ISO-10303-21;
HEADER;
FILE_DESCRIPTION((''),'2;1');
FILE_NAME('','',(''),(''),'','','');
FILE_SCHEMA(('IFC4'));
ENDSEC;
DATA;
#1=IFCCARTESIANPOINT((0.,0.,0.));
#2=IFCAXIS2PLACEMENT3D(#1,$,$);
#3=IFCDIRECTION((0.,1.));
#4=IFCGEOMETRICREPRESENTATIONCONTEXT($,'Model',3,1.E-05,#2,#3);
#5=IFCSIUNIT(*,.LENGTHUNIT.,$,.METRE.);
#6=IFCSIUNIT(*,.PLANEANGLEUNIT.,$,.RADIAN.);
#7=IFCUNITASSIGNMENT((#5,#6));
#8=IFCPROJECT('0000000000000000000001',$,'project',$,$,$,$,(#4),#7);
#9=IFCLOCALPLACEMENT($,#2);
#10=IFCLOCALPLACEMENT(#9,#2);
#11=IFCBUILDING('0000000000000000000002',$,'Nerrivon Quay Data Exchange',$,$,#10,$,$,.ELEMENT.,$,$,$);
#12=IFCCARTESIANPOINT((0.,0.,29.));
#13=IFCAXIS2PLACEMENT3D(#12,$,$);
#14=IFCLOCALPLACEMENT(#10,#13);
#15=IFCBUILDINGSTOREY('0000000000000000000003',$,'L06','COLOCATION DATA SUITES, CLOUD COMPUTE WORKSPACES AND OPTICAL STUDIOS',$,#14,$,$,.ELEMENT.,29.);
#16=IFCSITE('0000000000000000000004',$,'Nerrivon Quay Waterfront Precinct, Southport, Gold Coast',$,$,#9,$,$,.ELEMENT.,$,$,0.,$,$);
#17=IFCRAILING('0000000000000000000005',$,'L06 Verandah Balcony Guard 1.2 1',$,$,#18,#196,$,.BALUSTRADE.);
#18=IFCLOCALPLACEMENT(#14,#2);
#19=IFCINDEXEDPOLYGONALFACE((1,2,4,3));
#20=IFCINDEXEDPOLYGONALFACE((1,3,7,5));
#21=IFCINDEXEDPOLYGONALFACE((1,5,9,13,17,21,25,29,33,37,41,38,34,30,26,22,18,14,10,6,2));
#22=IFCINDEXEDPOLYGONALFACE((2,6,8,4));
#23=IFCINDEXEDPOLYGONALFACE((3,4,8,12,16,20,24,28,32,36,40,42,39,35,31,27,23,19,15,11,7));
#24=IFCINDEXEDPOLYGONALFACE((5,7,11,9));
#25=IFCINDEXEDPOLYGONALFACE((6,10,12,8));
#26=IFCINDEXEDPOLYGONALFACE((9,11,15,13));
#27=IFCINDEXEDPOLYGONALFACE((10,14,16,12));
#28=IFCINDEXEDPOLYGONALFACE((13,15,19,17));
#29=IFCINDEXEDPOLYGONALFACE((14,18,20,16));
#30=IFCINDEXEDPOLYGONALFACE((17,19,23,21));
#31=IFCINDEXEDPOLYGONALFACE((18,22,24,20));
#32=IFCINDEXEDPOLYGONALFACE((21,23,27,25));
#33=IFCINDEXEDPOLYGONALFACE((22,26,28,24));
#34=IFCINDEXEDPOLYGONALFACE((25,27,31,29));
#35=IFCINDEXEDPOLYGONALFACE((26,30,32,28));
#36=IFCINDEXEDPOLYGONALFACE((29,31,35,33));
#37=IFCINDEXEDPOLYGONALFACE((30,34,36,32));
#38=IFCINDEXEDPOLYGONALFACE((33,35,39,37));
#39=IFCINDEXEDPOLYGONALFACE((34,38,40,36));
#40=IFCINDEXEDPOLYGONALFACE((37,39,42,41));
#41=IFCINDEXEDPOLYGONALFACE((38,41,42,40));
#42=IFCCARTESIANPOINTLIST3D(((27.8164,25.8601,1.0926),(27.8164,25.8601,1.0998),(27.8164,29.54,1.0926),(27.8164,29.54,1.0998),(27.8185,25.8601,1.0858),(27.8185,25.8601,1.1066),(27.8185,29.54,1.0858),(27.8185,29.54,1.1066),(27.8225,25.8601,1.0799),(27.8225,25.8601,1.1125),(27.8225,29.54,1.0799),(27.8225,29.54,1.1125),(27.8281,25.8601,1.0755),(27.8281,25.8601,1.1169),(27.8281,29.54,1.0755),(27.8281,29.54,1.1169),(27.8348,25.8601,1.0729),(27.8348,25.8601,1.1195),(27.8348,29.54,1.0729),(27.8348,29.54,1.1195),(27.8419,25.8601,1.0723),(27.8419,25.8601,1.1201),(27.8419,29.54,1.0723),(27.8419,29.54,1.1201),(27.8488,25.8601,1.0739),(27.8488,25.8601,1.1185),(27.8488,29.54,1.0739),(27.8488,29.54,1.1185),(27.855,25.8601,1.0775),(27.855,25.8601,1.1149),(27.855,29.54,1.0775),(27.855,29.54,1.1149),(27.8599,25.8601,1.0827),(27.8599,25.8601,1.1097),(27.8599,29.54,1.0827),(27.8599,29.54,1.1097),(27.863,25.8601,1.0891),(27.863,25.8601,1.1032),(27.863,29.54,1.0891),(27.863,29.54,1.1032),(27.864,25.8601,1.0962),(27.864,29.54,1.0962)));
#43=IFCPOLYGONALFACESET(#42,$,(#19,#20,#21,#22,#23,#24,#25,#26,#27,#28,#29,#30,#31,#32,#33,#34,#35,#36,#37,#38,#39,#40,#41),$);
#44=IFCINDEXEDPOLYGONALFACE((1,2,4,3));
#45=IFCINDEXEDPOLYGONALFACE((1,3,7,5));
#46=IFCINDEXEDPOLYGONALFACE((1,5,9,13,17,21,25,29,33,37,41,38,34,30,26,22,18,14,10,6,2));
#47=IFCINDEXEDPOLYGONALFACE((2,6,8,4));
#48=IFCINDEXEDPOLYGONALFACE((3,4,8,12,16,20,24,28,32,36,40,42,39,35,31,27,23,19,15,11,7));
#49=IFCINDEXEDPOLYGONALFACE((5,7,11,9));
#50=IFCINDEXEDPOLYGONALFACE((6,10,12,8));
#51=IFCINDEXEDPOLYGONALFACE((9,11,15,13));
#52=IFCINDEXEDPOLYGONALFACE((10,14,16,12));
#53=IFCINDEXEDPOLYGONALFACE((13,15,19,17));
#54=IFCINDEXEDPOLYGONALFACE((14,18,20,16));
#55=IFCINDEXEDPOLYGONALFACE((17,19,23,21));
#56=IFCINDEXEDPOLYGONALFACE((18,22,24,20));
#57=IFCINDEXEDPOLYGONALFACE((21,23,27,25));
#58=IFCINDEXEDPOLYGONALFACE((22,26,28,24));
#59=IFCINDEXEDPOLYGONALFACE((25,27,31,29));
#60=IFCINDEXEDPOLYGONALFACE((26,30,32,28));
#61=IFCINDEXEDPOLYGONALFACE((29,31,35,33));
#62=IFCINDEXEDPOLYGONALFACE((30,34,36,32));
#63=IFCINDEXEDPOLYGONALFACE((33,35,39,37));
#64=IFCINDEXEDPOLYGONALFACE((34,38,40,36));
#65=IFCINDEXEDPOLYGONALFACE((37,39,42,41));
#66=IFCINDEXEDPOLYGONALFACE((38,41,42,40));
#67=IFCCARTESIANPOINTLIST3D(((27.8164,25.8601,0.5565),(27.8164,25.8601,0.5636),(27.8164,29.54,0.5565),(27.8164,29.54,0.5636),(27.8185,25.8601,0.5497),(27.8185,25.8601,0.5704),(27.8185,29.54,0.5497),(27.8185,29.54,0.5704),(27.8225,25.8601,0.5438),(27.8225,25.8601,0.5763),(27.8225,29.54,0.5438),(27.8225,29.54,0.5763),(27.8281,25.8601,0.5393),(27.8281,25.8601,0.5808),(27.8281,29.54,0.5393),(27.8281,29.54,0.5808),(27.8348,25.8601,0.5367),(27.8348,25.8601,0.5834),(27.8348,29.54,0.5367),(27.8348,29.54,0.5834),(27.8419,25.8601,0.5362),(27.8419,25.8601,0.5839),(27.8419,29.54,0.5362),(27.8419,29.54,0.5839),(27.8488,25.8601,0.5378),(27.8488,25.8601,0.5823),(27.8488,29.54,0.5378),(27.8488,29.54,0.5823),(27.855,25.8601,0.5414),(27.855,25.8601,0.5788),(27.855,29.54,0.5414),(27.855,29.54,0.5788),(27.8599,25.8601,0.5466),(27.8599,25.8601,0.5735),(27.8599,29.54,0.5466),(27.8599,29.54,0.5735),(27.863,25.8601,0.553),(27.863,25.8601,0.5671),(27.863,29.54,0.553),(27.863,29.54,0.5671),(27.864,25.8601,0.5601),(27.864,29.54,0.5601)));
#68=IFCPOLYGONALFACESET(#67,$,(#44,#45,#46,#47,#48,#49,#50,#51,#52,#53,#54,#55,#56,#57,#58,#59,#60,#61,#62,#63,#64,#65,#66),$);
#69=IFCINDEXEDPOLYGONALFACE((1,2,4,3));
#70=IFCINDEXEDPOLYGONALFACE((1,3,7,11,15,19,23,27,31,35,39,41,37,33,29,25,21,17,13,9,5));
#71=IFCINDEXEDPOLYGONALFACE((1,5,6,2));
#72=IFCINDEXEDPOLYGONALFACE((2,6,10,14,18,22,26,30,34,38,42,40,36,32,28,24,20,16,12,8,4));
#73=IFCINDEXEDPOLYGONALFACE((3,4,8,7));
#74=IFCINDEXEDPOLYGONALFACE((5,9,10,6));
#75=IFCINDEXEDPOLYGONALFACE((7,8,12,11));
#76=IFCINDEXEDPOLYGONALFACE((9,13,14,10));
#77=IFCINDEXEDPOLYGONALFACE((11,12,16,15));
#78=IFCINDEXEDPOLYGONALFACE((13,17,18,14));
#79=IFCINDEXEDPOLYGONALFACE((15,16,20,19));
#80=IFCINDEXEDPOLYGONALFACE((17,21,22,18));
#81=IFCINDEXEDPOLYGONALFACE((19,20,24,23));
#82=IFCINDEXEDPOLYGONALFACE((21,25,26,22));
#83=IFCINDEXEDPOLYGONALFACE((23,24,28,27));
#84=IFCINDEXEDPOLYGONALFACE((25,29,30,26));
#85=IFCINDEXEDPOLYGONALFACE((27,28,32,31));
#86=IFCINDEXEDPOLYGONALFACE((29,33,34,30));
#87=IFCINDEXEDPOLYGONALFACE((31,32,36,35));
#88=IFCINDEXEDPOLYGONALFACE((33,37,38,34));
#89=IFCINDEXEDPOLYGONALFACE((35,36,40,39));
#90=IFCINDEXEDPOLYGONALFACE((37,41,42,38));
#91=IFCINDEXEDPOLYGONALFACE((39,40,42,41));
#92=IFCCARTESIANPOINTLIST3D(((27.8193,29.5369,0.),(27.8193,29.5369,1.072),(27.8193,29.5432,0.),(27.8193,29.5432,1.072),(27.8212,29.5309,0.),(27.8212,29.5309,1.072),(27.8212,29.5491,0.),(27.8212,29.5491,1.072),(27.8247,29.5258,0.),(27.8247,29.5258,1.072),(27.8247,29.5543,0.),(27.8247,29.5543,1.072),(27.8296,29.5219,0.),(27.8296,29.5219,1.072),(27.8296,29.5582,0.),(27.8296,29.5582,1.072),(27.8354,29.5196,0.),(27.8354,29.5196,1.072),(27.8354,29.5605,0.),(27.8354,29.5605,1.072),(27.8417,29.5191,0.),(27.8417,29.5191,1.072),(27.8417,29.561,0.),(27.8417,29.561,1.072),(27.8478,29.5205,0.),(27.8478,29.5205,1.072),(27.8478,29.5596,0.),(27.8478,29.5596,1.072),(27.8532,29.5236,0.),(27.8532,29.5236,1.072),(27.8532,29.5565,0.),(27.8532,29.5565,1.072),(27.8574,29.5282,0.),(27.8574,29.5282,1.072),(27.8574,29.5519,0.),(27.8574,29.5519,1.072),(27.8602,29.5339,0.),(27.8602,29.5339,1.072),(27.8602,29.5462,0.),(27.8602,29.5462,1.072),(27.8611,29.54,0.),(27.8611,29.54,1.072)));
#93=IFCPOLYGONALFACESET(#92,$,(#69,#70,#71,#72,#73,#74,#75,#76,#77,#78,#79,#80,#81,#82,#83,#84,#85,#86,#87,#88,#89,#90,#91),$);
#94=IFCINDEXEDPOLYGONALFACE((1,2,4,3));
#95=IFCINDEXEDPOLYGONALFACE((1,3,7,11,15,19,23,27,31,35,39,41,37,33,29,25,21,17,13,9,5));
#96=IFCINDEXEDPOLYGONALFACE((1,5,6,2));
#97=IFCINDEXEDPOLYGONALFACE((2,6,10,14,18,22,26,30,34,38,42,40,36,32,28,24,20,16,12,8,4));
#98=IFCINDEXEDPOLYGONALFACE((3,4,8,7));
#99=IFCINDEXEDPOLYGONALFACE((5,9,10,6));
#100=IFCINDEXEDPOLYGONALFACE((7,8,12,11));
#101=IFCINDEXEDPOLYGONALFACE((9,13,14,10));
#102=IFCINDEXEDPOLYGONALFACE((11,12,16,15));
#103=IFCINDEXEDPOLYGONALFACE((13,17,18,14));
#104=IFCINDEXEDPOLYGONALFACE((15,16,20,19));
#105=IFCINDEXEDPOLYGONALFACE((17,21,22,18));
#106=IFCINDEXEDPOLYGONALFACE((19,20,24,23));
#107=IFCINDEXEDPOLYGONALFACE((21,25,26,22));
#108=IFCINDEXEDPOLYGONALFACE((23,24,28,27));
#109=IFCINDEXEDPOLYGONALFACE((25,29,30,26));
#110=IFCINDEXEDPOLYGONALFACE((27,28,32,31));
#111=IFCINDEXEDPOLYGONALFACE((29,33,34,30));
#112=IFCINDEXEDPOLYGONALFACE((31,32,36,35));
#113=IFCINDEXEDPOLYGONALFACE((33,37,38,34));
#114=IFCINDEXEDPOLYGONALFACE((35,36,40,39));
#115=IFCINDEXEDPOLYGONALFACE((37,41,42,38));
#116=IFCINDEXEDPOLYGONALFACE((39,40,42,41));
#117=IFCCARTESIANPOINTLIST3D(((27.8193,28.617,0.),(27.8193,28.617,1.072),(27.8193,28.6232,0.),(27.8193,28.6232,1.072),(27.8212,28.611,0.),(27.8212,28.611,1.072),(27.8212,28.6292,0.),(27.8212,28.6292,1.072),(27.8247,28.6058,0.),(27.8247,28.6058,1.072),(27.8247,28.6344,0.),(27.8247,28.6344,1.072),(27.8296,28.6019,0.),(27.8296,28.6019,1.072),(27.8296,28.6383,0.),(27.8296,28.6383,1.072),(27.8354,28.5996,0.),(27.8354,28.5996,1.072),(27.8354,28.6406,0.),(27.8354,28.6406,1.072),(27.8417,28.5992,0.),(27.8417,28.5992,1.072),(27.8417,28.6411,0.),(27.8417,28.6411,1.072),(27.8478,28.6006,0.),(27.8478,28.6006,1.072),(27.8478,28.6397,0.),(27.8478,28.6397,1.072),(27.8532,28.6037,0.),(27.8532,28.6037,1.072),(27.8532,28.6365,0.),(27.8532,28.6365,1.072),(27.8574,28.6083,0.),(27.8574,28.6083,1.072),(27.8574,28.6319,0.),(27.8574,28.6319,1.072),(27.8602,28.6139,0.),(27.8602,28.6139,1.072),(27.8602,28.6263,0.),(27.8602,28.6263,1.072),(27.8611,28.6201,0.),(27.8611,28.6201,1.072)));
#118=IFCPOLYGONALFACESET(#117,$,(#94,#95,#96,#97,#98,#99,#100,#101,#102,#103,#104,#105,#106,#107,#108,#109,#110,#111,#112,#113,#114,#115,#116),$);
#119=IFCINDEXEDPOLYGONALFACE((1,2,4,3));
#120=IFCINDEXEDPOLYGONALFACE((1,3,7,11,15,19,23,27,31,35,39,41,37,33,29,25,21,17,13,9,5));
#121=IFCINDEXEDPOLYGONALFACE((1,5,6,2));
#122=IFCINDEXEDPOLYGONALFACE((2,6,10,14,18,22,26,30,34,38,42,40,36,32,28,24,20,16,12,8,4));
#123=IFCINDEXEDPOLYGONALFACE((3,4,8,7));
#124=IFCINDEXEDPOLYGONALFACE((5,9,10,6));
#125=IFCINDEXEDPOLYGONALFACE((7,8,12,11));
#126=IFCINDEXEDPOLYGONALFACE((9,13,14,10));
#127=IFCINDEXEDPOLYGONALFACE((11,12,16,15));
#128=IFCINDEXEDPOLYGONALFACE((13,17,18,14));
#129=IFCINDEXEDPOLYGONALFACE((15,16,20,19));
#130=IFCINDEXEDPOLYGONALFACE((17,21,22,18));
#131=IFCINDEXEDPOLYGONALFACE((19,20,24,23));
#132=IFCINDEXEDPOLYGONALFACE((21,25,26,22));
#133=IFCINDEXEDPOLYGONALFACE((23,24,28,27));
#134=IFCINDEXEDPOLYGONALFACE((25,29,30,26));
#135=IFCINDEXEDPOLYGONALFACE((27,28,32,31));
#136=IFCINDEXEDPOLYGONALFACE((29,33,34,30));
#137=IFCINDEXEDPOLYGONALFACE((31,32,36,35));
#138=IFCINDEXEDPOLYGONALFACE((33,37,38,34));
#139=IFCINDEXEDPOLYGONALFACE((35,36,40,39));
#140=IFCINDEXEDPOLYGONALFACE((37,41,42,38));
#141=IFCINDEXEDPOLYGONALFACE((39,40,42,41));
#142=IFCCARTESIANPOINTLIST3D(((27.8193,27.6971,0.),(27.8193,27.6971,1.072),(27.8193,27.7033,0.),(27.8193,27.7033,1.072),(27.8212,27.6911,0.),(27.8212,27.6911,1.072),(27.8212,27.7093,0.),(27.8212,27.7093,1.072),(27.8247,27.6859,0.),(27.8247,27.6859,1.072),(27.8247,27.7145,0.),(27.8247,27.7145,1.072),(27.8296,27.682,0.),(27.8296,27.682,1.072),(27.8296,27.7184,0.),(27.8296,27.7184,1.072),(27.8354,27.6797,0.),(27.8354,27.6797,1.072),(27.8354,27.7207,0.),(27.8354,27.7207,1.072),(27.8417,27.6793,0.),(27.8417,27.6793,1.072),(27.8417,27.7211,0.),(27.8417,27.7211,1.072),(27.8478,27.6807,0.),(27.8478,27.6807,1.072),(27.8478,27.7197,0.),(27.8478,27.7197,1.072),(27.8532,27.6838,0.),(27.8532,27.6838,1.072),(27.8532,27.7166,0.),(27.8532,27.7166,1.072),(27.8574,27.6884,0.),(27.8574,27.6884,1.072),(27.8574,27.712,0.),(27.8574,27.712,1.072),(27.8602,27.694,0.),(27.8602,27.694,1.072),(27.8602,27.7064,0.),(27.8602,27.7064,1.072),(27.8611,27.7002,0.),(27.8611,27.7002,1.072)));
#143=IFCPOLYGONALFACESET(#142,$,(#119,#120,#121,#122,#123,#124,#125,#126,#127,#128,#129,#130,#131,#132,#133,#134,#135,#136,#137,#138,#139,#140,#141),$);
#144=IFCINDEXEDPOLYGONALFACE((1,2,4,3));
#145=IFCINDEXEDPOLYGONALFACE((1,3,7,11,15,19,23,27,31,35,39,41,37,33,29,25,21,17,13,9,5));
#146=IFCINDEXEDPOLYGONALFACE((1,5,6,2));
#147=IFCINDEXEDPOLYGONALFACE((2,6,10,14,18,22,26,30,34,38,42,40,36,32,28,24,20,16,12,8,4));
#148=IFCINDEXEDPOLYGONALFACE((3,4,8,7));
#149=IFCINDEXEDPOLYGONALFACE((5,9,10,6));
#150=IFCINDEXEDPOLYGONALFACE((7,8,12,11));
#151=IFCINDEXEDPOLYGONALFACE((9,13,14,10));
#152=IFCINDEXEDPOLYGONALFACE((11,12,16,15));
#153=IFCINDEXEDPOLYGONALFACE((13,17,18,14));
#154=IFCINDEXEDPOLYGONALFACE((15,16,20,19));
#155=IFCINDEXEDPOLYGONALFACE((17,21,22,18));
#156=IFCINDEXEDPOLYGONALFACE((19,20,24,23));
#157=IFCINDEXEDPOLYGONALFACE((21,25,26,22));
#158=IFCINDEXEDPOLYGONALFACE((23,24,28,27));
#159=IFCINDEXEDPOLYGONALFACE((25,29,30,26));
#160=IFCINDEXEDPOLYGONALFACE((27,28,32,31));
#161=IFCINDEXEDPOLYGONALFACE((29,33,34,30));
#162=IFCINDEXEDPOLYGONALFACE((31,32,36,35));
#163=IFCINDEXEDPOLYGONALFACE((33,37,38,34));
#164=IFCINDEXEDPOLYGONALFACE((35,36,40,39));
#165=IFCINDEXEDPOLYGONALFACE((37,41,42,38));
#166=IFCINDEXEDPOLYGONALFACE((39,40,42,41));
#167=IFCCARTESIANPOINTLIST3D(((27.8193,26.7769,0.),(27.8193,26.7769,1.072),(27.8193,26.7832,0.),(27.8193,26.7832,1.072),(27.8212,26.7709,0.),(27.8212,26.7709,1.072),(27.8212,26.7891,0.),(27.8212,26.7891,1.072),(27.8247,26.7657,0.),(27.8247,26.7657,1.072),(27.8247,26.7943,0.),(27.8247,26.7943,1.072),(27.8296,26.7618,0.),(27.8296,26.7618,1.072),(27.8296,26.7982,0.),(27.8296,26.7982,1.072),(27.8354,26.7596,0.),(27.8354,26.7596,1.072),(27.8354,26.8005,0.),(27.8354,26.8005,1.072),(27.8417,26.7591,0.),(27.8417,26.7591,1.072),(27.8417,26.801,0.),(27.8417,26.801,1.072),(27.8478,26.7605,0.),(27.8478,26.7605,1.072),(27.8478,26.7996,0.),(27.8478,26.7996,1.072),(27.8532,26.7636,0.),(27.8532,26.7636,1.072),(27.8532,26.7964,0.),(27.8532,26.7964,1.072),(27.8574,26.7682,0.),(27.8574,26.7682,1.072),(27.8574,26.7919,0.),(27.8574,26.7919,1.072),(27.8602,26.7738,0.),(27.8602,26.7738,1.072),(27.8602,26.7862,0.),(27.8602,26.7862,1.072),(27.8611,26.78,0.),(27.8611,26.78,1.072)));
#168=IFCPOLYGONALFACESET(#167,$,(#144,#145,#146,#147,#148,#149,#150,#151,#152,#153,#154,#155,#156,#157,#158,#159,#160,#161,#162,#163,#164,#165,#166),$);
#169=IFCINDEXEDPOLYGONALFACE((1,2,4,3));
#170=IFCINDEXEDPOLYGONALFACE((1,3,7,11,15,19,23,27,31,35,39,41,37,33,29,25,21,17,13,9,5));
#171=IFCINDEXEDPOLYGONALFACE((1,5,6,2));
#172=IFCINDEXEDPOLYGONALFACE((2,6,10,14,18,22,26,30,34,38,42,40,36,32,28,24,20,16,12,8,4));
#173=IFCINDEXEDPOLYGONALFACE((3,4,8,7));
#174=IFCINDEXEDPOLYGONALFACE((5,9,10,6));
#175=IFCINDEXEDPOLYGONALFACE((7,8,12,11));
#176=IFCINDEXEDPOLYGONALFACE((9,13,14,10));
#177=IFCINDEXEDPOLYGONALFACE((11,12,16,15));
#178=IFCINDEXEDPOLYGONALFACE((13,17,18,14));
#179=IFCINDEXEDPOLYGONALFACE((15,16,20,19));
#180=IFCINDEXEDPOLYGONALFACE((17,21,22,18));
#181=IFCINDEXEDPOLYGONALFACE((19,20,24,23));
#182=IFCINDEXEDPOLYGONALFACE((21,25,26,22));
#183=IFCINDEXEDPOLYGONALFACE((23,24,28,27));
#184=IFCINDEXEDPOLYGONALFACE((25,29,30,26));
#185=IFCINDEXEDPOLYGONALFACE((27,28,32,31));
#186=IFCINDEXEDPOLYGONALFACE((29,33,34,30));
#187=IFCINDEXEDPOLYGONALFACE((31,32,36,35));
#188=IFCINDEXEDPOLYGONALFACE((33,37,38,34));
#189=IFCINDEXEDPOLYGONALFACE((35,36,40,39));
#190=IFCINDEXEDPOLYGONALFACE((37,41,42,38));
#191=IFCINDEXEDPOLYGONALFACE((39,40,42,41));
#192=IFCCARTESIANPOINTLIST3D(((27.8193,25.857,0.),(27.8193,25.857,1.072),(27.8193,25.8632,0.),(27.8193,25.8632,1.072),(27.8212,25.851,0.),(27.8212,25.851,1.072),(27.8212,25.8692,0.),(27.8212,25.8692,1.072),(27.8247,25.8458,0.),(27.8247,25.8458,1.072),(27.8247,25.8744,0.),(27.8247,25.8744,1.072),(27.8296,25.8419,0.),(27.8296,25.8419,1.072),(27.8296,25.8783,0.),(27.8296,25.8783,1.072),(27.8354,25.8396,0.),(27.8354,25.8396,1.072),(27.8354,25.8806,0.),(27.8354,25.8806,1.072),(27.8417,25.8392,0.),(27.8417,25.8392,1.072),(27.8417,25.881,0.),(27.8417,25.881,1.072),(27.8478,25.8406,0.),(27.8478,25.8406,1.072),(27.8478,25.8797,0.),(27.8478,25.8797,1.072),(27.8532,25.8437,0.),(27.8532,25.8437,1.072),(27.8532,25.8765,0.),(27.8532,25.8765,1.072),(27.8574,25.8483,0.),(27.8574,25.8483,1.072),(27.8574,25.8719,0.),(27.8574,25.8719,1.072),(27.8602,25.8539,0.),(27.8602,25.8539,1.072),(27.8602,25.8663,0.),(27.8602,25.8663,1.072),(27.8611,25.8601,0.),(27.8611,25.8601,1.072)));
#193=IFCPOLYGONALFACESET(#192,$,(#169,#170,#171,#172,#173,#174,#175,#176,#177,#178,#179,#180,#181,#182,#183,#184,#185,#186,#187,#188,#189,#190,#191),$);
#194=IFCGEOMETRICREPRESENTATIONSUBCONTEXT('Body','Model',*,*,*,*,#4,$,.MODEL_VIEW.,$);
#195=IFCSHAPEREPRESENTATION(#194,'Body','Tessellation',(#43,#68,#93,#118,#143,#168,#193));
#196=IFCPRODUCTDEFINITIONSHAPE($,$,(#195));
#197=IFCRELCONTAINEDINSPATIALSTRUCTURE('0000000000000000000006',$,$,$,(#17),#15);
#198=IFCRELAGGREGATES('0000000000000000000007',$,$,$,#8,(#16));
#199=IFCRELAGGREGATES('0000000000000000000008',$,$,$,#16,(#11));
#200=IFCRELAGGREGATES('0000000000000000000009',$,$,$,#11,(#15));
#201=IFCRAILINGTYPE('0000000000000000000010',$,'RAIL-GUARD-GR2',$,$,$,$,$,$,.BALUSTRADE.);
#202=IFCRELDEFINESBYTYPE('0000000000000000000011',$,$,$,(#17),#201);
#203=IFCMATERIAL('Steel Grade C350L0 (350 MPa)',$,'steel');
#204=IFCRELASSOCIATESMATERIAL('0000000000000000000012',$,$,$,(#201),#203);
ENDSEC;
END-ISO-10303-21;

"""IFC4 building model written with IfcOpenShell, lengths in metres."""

from ifc_helpers import new_model, si_unit, direction, frame, origin, origin_2d, place, context, subcontext, project, spatial, circle, extrude, material, type_object, element, save


model = new_model("IFC4")

# Units and contexts
model_context = context("Model", 3, precision=1e-05, world=origin(), true_north=direction((0.0, 1.0)))
body_context = subcontext(model_context, "Body", "Model", "MODEL_VIEW")
ifc_project = project(units=[si_unit("LENGTHUNIT", "METRE"), si_unit("PLANEANGLEUNIT", "RADIAN")], contexts=[model_context])

# Site, building, storey
site_placement = place(None, origin())
site = spatial("IfcSite", under=ifc_project, at=site_placement, Name="Nerrivon Quay Waterfront Precinct, Southport, Gold Coast", CompositionType="ELEMENT", RefElevation=0.0)
building_placement = place(site_placement, origin())
building = spatial("IfcBuilding", under=site, at=building_placement, Name="Nerrivon Quay Data Exchange", CompositionType="ELEMENT")
storey_placement = place(building_placement, frame((0.0, 0.0, 29.0)))
storey = spatial("IfcBuildingStorey", under=building, at=storey_placement, Name="L06", Description="COLOCATION DATA SUITES, CLOUD COMPUTE WORKSPACES AND OPTICAL STUDIOS", CompositionType="ELEMENT", Elevation=29.0)

# Railing
ifc_material_1 = material(Name="Steel Grade C350L0 (350 MPa)", Category="steel")
railing_type = type_object("IfcRailingType", Name="RAIL-GUARD-GR2", PredefinedType="BALUSTRADE", material=ifc_material_1)
railing_1_placement = place(storey_placement, frame((27.8401, 29.54, 0.0)))
element("IfcRailing", 1, at=railing_1_placement, inside=storey, type_object=railing_type, Name="L06 Verandah Balcony Guard 1.2 1", PredefinedType="BALUSTRADE", context=body_context, shape_type="SweptSolid", body=[
    extrude(circle(Radius=0.0239, at=origin_2d()), frame((0.0, 0.0, 1.0962), z_axis=(0.0, -1.0, 0.0), x_axis=(1.0, 0.0, 0.0)), (0.0, 0.0, 1.0), 3.6799),
    extrude(circle(Radius=0.0239, at=origin_2d()), frame((0.0, 0.0, 0.5601), z_axis=(0.0, -1.0, 0.0), x_axis=(1.0, 0.0, 0.0)), (0.0, 0.0, 1.0), 3.6799),
    extrude(circle(Radius=0.021, at=origin_2d()), origin(), (0.0, 0.0, 1.0), 1.072),
    extrude(circle(Radius=0.021, at=origin_2d()), frame((0.0, -0.9199, 0.0)), (0.0, 0.0, 1.0), 1.072),
    extrude(circle(Radius=0.021, at=origin_2d()), frame((0.0, -1.8398, 0.0)), (0.0, 0.0, 1.0), 1.072),
    extrude(circle(Radius=0.021, at=origin_2d()), frame((0.0, -2.76, 0.0)), (0.0, 0.0, 1.0), 1.072),
    extrude(circle(Radius=0.021, at=origin_2d()), frame((0.0, -3.6799, 0.0)), (0.0, 0.0, 1.0), 1.072),
])

save(model, "model.ifc")
